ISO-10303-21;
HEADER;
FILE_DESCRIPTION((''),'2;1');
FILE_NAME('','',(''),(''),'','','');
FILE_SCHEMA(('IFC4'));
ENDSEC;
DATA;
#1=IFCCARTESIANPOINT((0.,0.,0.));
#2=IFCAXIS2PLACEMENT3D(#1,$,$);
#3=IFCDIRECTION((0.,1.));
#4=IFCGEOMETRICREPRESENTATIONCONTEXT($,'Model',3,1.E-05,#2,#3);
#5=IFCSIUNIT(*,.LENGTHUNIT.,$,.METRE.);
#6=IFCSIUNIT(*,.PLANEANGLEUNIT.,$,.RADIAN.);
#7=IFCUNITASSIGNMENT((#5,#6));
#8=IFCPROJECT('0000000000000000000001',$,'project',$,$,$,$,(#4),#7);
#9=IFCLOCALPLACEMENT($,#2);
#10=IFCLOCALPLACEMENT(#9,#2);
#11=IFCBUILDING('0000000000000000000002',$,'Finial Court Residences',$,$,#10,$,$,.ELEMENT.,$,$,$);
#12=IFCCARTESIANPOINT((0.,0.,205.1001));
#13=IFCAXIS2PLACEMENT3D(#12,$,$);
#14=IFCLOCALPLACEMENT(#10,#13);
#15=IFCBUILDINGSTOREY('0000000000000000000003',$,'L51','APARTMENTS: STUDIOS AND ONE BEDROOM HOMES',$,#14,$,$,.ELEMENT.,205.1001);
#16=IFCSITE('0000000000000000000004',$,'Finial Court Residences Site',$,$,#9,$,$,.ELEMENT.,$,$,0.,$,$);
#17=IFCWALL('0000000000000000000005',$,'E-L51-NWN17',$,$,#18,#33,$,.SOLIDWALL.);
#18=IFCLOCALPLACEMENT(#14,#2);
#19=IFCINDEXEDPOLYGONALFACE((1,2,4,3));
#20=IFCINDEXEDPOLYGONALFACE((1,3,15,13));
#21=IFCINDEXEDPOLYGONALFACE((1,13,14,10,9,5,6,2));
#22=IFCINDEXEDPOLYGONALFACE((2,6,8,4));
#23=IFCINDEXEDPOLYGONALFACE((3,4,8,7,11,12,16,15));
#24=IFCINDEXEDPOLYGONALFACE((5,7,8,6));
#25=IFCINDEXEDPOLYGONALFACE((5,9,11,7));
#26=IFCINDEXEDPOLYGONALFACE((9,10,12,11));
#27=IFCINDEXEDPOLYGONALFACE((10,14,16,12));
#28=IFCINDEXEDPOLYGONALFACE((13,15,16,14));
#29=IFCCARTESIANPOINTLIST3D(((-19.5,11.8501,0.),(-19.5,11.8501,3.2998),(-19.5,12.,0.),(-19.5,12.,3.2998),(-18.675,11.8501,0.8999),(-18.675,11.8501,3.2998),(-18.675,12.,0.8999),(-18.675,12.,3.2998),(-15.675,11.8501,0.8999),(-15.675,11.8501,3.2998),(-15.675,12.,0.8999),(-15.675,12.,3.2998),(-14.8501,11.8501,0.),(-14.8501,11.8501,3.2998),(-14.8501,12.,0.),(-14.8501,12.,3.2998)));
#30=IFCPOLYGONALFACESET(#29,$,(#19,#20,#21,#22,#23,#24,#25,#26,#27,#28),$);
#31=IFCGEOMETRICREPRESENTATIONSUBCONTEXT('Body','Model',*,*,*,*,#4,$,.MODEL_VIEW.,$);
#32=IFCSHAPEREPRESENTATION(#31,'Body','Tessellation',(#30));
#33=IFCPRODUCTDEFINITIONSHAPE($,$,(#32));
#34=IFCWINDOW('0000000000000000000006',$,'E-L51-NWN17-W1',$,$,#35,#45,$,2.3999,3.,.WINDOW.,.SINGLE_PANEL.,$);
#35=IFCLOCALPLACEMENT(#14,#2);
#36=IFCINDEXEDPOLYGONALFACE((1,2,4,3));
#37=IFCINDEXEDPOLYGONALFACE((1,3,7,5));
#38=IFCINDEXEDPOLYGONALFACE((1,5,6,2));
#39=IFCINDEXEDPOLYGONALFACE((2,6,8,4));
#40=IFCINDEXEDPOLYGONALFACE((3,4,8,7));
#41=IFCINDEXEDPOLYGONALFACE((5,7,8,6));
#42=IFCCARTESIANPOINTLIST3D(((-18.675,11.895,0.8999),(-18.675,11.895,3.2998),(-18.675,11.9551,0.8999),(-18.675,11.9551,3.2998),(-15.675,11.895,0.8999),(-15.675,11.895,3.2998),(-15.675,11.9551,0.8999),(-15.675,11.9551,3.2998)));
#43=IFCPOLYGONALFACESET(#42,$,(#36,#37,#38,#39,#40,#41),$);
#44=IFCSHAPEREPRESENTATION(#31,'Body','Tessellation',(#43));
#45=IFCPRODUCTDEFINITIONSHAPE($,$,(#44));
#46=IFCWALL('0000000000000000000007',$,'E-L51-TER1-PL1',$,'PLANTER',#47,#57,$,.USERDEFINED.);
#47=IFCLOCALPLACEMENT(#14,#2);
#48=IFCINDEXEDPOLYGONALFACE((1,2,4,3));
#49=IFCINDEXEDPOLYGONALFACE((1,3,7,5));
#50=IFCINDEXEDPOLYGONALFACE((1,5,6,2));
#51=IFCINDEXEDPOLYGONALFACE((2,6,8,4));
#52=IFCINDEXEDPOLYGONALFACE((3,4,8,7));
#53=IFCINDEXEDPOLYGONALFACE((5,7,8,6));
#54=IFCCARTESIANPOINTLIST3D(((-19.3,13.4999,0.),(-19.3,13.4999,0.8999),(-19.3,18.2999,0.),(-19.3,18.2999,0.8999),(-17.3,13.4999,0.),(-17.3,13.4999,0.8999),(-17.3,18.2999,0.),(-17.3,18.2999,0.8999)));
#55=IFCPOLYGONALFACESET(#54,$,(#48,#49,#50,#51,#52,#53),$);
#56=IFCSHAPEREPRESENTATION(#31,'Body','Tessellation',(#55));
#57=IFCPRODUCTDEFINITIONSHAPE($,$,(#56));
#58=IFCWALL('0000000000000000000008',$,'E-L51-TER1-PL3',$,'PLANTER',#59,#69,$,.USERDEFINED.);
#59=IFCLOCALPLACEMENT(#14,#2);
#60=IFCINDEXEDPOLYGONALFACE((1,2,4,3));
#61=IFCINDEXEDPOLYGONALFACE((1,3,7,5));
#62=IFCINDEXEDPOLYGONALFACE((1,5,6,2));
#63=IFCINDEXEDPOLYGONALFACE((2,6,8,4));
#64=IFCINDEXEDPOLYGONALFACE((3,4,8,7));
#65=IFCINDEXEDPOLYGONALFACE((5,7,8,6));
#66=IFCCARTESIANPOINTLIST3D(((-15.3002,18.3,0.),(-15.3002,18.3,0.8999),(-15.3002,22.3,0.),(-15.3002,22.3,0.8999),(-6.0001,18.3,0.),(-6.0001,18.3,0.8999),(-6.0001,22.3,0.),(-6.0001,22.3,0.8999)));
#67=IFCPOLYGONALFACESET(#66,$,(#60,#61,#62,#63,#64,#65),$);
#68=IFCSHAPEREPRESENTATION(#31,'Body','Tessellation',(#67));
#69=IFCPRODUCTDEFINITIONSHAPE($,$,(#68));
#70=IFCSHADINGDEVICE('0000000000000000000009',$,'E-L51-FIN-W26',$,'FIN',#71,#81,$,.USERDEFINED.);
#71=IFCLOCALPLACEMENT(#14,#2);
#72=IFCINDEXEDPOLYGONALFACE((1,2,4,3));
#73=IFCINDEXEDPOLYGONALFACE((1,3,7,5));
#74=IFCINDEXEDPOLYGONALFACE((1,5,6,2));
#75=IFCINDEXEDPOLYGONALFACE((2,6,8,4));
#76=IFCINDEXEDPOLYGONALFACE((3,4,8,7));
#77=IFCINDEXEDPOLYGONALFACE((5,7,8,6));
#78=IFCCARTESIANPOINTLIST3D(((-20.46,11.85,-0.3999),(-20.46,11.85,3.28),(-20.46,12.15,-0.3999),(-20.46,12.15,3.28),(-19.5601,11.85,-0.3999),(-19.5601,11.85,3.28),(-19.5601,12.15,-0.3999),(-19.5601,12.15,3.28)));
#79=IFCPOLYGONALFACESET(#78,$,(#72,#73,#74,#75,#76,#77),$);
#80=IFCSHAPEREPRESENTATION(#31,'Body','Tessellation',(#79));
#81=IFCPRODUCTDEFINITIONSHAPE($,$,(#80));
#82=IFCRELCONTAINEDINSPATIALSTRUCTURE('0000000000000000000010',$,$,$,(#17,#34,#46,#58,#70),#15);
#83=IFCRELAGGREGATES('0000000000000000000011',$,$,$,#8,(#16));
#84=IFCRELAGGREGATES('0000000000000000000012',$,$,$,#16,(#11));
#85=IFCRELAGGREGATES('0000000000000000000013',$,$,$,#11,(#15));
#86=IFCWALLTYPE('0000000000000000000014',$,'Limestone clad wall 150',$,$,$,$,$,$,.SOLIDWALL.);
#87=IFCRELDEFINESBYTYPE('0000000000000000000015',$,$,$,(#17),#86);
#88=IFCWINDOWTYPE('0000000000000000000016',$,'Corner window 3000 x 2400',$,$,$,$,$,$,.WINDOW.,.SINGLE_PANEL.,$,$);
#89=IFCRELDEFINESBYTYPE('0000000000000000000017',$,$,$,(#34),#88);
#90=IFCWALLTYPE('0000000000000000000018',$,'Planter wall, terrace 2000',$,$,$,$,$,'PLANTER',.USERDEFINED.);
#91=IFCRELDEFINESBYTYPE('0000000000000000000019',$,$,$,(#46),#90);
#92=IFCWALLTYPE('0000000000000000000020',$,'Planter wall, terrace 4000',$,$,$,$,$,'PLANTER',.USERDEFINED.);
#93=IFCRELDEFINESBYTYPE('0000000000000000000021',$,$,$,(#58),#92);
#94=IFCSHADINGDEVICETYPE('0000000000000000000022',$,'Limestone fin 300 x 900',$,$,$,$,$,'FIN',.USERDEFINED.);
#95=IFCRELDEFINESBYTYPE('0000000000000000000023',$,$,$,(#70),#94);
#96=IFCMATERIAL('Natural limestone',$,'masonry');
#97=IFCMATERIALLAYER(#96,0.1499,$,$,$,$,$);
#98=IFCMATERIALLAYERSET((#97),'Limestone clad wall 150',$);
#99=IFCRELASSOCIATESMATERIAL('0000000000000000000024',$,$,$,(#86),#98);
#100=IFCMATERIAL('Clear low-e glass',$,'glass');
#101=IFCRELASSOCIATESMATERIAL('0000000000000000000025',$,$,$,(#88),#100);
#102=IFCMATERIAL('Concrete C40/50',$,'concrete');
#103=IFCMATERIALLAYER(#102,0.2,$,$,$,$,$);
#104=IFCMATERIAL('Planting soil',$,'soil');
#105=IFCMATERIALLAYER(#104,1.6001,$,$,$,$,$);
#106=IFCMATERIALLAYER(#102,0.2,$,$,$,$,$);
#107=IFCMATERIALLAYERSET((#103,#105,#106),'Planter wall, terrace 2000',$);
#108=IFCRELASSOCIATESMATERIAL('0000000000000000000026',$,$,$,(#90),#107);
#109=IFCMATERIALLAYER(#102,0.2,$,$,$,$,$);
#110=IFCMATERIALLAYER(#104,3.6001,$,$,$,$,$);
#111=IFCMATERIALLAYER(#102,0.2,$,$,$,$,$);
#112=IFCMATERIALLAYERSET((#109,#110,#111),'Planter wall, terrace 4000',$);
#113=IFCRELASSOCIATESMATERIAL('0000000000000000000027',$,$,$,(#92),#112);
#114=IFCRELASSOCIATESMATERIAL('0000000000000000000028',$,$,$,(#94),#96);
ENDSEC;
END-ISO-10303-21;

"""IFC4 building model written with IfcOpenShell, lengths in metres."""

from ifc_helpers import new_model, si_unit, direction, frame, frame_2d, origin, origin_2d, place, context, subcontext, project, spatial, rectangle, extrude, material, layer, layer_set, type_object, element, fill, save


model = new_model("IFC4")

# Units and contexts
model_context = context("Model", 3, precision=1e-05, world=origin(), true_north=direction((0.0, 1.0)))
body_context = subcontext(model_context, "Body", "Model", "MODEL_VIEW")
ifc_project = project(units=[si_unit("LENGTHUNIT", "METRE"), si_unit("PLANEANGLEUNIT", "RADIAN")], contexts=[model_context])

# Site, building, storey
site_placement = place(None, origin())
site = spatial("IfcSite", under=ifc_project, at=site_placement, Name="Finial Court Residences Site", CompositionType="ELEMENT", RefElevation=0.0)
building_placement = place(site_placement, origin())
building = spatial("IfcBuilding", under=site, at=building_placement, Name="Finial Court Residences", CompositionType="ELEMENT")
storey_placement = place(building_placement, frame((0.0, 0.0, 205.1001)))
storey = spatial("IfcBuildingStorey", under=building, at=storey_placement, Name="L51", Description="APARTMENTS: STUDIOS AND ONE BEDROOM HOMES", CompositionType="ELEMENT", Elevation=205.1001)

# Shared definitions
ifc_material_1 = material(Name="Clear low-e glass", Category="glass")

# Wall, opening, window
ifc_material_2 = material(Name="Natural limestone", Category="masonry")
ifc_layer_1 = layer(ifc_material_2, 0.1499)
ifc_layer_set_1 = layer_set([ifc_layer_1], Name="Limestone clad wall 150")
wall_type_1 = type_object("IfcWallType", Name="Limestone clad wall 150", PredefinedType="SOLIDWALL", material=ifc_layer_set_1)
wall_1_placement = place(storey_placement, frame((-19.5, 11.925, 0.0), z_axis=(0.0, 0.0, 1.0), x_axis=(1.0, 0.0, 0.0)))
wall_1 = element("IfcWall", 1, at=wall_1_placement, inside=storey, type_object=wall_type_1, Name="E-L51-NWN17", PredefinedType="SOLIDWALL", context=body_context, shape_type="SweptSolid", body=[
    extrude(rectangle(XDim=4.6499, YDim=0.1499, at=frame_2d((2.325, 0.0))), origin(), (0.0, 0.0, 1.0), 3.2998),
])
opening_1_placement = place(wall_1_placement, frame((0.825, 0.0, 0.8999)))
opening_1 = element("IfcOpeningElement", 2, at=opening_1_placement, cuts=wall_1, PredefinedType="OPENING", context=body_context, shape_type="SweptSolid", body=[
    extrude(rectangle(XDim=3.0, YDim=2.3999, at=frame_2d((1.5, 1.2))), frame((0.0, 0.085, 0.0), z_axis=(0.0, -1.0, 0.0), x_axis=(1.0, 0.0, 0.0)), (0.0, 0.0, 1.0), 0.1699),
])
window_type = type_object("IfcWindowType", Name="Corner window 3000 x 2400", PartitioningType="SINGLE_PANEL", PredefinedType="WINDOW", material=ifc_material_1)
window_placement = place(opening_1_placement, origin())
window = element("IfcWindow", 3, at=window_placement, inside=storey, type_object=window_type, Name="E-L51-NWN17-W1", OverallHeight=2.3999, OverallWidth=3.0, PartitioningType="SINGLE_PANEL", PredefinedType="WINDOW", context=body_context, shape_type="SweptSolid", body=[
    extrude(rectangle(XDim=3.0, YDim=2.3999, at=frame_2d((1.5, 1.2))), frame((0.0, 0.03, 0.0), z_axis=(0.0, -1.0, 0.0), x_axis=(1.0, 0.0, 0.0)), (0.0, 0.0, 1.0), 0.0601),
])
fill(opening_1, window)

# Walls
ifc_material_3 = material(Name="Concrete C40/50", Category="concrete")
ifc_layer_2 = layer(ifc_material_3, 0.2)
ifc_material_4 = material(Name="Planting soil", Category="soil")
ifc_layer_3 = layer(ifc_material_4, 1.6001)
ifc_layer_4 = layer(ifc_material_3, 0.2)
ifc_layer_set_2 = layer_set([ifc_layer_2, ifc_layer_3, ifc_layer_4], Name="Planter wall, terrace 2000")
wall_type_2 = type_object("IfcWallType", Name="Planter wall, terrace 2000", ElementType="PLANTER", PredefinedType="USERDEFINED", material=ifc_layer_set_2)
wall_2_placement = place(storey_placement, frame((-18.3, 13.5, 0.0), z_axis=(0.0, 0.0, 1.0), x_axis=(0.0, 1.0, 0.0)))
element("IfcWall", 4, at=wall_2_placement, inside=storey, type_object=wall_type_2, Name="E-L51-TER1-PL1", ObjectType="PLANTER", PredefinedType="USERDEFINED", context=body_context, shape_type="SweptSolid", body=[
    extrude(rectangle(XDim=4.8, YDim=2.0, at=frame_2d((2.3999, 0.0))), origin(), (0.0, 0.0, 1.0), 0.8999),
])
ifc_layer_5 = layer(ifc_material_3, 0.2)
ifc_layer_6 = layer(ifc_material_4, 3.6001)
ifc_layer_7 = layer(ifc_material_3, 0.2)
ifc_layer_set_3 = layer_set([ifc_layer_5, ifc_layer_6, ifc_layer_7], Name="Planter wall, terrace 4000")
wall_type_3 = type_object("IfcWallType", Name="Planter wall, terrace 4000", ElementType="PLANTER", PredefinedType="USERDEFINED", material=ifc_layer_set_3)
wall_3_placement = place(storey_placement, frame((-15.3, 20.3, 0.0), z_axis=(0.0, 0.0, 1.0), x_axis=(1.0, 0.0, 0.0)))
element("IfcWall", 5, at=wall_3_placement, inside=storey, type_object=wall_type_3, Name="E-L51-TER1-PL3", ObjectType="PLANTER", PredefinedType="USERDEFINED", context=body_context, shape_type="SweptSolid", body=[
    extrude(rectangle(XDim=9.3, YDim=4.0, at=frame_2d((4.6499, 0.0))), origin(), (0.0, 0.0, 1.0), 0.8999),
])

# Shading device
shading_device_type = type_object("IfcShadingDeviceType", Name="Limestone fin 300 x 900", ElementType="FIN", PredefinedType="USERDEFINED", material=ifc_material_2)
shading_device_placement = place(storey_placement, frame((-20.01, 12.0, -0.3999), z_axis=(0.0, 0.0, 1.0), x_axis=(1.0, 0.0, 0.0)))
element("IfcShadingDevice", 6, at=shading_device_placement, inside=storey, type_object=shading_device_type, Name="E-L51-FIN-W26", ObjectType="FIN", PredefinedType="USERDEFINED", context=body_context, shape_type="SweptSolid", body=[
    extrude(rectangle(XDim=0.8999, YDim=0.3, at=origin_2d()), origin(), (0.0, 0.0, 1.0), 3.6799),
])

save(model, "model.ifc")
